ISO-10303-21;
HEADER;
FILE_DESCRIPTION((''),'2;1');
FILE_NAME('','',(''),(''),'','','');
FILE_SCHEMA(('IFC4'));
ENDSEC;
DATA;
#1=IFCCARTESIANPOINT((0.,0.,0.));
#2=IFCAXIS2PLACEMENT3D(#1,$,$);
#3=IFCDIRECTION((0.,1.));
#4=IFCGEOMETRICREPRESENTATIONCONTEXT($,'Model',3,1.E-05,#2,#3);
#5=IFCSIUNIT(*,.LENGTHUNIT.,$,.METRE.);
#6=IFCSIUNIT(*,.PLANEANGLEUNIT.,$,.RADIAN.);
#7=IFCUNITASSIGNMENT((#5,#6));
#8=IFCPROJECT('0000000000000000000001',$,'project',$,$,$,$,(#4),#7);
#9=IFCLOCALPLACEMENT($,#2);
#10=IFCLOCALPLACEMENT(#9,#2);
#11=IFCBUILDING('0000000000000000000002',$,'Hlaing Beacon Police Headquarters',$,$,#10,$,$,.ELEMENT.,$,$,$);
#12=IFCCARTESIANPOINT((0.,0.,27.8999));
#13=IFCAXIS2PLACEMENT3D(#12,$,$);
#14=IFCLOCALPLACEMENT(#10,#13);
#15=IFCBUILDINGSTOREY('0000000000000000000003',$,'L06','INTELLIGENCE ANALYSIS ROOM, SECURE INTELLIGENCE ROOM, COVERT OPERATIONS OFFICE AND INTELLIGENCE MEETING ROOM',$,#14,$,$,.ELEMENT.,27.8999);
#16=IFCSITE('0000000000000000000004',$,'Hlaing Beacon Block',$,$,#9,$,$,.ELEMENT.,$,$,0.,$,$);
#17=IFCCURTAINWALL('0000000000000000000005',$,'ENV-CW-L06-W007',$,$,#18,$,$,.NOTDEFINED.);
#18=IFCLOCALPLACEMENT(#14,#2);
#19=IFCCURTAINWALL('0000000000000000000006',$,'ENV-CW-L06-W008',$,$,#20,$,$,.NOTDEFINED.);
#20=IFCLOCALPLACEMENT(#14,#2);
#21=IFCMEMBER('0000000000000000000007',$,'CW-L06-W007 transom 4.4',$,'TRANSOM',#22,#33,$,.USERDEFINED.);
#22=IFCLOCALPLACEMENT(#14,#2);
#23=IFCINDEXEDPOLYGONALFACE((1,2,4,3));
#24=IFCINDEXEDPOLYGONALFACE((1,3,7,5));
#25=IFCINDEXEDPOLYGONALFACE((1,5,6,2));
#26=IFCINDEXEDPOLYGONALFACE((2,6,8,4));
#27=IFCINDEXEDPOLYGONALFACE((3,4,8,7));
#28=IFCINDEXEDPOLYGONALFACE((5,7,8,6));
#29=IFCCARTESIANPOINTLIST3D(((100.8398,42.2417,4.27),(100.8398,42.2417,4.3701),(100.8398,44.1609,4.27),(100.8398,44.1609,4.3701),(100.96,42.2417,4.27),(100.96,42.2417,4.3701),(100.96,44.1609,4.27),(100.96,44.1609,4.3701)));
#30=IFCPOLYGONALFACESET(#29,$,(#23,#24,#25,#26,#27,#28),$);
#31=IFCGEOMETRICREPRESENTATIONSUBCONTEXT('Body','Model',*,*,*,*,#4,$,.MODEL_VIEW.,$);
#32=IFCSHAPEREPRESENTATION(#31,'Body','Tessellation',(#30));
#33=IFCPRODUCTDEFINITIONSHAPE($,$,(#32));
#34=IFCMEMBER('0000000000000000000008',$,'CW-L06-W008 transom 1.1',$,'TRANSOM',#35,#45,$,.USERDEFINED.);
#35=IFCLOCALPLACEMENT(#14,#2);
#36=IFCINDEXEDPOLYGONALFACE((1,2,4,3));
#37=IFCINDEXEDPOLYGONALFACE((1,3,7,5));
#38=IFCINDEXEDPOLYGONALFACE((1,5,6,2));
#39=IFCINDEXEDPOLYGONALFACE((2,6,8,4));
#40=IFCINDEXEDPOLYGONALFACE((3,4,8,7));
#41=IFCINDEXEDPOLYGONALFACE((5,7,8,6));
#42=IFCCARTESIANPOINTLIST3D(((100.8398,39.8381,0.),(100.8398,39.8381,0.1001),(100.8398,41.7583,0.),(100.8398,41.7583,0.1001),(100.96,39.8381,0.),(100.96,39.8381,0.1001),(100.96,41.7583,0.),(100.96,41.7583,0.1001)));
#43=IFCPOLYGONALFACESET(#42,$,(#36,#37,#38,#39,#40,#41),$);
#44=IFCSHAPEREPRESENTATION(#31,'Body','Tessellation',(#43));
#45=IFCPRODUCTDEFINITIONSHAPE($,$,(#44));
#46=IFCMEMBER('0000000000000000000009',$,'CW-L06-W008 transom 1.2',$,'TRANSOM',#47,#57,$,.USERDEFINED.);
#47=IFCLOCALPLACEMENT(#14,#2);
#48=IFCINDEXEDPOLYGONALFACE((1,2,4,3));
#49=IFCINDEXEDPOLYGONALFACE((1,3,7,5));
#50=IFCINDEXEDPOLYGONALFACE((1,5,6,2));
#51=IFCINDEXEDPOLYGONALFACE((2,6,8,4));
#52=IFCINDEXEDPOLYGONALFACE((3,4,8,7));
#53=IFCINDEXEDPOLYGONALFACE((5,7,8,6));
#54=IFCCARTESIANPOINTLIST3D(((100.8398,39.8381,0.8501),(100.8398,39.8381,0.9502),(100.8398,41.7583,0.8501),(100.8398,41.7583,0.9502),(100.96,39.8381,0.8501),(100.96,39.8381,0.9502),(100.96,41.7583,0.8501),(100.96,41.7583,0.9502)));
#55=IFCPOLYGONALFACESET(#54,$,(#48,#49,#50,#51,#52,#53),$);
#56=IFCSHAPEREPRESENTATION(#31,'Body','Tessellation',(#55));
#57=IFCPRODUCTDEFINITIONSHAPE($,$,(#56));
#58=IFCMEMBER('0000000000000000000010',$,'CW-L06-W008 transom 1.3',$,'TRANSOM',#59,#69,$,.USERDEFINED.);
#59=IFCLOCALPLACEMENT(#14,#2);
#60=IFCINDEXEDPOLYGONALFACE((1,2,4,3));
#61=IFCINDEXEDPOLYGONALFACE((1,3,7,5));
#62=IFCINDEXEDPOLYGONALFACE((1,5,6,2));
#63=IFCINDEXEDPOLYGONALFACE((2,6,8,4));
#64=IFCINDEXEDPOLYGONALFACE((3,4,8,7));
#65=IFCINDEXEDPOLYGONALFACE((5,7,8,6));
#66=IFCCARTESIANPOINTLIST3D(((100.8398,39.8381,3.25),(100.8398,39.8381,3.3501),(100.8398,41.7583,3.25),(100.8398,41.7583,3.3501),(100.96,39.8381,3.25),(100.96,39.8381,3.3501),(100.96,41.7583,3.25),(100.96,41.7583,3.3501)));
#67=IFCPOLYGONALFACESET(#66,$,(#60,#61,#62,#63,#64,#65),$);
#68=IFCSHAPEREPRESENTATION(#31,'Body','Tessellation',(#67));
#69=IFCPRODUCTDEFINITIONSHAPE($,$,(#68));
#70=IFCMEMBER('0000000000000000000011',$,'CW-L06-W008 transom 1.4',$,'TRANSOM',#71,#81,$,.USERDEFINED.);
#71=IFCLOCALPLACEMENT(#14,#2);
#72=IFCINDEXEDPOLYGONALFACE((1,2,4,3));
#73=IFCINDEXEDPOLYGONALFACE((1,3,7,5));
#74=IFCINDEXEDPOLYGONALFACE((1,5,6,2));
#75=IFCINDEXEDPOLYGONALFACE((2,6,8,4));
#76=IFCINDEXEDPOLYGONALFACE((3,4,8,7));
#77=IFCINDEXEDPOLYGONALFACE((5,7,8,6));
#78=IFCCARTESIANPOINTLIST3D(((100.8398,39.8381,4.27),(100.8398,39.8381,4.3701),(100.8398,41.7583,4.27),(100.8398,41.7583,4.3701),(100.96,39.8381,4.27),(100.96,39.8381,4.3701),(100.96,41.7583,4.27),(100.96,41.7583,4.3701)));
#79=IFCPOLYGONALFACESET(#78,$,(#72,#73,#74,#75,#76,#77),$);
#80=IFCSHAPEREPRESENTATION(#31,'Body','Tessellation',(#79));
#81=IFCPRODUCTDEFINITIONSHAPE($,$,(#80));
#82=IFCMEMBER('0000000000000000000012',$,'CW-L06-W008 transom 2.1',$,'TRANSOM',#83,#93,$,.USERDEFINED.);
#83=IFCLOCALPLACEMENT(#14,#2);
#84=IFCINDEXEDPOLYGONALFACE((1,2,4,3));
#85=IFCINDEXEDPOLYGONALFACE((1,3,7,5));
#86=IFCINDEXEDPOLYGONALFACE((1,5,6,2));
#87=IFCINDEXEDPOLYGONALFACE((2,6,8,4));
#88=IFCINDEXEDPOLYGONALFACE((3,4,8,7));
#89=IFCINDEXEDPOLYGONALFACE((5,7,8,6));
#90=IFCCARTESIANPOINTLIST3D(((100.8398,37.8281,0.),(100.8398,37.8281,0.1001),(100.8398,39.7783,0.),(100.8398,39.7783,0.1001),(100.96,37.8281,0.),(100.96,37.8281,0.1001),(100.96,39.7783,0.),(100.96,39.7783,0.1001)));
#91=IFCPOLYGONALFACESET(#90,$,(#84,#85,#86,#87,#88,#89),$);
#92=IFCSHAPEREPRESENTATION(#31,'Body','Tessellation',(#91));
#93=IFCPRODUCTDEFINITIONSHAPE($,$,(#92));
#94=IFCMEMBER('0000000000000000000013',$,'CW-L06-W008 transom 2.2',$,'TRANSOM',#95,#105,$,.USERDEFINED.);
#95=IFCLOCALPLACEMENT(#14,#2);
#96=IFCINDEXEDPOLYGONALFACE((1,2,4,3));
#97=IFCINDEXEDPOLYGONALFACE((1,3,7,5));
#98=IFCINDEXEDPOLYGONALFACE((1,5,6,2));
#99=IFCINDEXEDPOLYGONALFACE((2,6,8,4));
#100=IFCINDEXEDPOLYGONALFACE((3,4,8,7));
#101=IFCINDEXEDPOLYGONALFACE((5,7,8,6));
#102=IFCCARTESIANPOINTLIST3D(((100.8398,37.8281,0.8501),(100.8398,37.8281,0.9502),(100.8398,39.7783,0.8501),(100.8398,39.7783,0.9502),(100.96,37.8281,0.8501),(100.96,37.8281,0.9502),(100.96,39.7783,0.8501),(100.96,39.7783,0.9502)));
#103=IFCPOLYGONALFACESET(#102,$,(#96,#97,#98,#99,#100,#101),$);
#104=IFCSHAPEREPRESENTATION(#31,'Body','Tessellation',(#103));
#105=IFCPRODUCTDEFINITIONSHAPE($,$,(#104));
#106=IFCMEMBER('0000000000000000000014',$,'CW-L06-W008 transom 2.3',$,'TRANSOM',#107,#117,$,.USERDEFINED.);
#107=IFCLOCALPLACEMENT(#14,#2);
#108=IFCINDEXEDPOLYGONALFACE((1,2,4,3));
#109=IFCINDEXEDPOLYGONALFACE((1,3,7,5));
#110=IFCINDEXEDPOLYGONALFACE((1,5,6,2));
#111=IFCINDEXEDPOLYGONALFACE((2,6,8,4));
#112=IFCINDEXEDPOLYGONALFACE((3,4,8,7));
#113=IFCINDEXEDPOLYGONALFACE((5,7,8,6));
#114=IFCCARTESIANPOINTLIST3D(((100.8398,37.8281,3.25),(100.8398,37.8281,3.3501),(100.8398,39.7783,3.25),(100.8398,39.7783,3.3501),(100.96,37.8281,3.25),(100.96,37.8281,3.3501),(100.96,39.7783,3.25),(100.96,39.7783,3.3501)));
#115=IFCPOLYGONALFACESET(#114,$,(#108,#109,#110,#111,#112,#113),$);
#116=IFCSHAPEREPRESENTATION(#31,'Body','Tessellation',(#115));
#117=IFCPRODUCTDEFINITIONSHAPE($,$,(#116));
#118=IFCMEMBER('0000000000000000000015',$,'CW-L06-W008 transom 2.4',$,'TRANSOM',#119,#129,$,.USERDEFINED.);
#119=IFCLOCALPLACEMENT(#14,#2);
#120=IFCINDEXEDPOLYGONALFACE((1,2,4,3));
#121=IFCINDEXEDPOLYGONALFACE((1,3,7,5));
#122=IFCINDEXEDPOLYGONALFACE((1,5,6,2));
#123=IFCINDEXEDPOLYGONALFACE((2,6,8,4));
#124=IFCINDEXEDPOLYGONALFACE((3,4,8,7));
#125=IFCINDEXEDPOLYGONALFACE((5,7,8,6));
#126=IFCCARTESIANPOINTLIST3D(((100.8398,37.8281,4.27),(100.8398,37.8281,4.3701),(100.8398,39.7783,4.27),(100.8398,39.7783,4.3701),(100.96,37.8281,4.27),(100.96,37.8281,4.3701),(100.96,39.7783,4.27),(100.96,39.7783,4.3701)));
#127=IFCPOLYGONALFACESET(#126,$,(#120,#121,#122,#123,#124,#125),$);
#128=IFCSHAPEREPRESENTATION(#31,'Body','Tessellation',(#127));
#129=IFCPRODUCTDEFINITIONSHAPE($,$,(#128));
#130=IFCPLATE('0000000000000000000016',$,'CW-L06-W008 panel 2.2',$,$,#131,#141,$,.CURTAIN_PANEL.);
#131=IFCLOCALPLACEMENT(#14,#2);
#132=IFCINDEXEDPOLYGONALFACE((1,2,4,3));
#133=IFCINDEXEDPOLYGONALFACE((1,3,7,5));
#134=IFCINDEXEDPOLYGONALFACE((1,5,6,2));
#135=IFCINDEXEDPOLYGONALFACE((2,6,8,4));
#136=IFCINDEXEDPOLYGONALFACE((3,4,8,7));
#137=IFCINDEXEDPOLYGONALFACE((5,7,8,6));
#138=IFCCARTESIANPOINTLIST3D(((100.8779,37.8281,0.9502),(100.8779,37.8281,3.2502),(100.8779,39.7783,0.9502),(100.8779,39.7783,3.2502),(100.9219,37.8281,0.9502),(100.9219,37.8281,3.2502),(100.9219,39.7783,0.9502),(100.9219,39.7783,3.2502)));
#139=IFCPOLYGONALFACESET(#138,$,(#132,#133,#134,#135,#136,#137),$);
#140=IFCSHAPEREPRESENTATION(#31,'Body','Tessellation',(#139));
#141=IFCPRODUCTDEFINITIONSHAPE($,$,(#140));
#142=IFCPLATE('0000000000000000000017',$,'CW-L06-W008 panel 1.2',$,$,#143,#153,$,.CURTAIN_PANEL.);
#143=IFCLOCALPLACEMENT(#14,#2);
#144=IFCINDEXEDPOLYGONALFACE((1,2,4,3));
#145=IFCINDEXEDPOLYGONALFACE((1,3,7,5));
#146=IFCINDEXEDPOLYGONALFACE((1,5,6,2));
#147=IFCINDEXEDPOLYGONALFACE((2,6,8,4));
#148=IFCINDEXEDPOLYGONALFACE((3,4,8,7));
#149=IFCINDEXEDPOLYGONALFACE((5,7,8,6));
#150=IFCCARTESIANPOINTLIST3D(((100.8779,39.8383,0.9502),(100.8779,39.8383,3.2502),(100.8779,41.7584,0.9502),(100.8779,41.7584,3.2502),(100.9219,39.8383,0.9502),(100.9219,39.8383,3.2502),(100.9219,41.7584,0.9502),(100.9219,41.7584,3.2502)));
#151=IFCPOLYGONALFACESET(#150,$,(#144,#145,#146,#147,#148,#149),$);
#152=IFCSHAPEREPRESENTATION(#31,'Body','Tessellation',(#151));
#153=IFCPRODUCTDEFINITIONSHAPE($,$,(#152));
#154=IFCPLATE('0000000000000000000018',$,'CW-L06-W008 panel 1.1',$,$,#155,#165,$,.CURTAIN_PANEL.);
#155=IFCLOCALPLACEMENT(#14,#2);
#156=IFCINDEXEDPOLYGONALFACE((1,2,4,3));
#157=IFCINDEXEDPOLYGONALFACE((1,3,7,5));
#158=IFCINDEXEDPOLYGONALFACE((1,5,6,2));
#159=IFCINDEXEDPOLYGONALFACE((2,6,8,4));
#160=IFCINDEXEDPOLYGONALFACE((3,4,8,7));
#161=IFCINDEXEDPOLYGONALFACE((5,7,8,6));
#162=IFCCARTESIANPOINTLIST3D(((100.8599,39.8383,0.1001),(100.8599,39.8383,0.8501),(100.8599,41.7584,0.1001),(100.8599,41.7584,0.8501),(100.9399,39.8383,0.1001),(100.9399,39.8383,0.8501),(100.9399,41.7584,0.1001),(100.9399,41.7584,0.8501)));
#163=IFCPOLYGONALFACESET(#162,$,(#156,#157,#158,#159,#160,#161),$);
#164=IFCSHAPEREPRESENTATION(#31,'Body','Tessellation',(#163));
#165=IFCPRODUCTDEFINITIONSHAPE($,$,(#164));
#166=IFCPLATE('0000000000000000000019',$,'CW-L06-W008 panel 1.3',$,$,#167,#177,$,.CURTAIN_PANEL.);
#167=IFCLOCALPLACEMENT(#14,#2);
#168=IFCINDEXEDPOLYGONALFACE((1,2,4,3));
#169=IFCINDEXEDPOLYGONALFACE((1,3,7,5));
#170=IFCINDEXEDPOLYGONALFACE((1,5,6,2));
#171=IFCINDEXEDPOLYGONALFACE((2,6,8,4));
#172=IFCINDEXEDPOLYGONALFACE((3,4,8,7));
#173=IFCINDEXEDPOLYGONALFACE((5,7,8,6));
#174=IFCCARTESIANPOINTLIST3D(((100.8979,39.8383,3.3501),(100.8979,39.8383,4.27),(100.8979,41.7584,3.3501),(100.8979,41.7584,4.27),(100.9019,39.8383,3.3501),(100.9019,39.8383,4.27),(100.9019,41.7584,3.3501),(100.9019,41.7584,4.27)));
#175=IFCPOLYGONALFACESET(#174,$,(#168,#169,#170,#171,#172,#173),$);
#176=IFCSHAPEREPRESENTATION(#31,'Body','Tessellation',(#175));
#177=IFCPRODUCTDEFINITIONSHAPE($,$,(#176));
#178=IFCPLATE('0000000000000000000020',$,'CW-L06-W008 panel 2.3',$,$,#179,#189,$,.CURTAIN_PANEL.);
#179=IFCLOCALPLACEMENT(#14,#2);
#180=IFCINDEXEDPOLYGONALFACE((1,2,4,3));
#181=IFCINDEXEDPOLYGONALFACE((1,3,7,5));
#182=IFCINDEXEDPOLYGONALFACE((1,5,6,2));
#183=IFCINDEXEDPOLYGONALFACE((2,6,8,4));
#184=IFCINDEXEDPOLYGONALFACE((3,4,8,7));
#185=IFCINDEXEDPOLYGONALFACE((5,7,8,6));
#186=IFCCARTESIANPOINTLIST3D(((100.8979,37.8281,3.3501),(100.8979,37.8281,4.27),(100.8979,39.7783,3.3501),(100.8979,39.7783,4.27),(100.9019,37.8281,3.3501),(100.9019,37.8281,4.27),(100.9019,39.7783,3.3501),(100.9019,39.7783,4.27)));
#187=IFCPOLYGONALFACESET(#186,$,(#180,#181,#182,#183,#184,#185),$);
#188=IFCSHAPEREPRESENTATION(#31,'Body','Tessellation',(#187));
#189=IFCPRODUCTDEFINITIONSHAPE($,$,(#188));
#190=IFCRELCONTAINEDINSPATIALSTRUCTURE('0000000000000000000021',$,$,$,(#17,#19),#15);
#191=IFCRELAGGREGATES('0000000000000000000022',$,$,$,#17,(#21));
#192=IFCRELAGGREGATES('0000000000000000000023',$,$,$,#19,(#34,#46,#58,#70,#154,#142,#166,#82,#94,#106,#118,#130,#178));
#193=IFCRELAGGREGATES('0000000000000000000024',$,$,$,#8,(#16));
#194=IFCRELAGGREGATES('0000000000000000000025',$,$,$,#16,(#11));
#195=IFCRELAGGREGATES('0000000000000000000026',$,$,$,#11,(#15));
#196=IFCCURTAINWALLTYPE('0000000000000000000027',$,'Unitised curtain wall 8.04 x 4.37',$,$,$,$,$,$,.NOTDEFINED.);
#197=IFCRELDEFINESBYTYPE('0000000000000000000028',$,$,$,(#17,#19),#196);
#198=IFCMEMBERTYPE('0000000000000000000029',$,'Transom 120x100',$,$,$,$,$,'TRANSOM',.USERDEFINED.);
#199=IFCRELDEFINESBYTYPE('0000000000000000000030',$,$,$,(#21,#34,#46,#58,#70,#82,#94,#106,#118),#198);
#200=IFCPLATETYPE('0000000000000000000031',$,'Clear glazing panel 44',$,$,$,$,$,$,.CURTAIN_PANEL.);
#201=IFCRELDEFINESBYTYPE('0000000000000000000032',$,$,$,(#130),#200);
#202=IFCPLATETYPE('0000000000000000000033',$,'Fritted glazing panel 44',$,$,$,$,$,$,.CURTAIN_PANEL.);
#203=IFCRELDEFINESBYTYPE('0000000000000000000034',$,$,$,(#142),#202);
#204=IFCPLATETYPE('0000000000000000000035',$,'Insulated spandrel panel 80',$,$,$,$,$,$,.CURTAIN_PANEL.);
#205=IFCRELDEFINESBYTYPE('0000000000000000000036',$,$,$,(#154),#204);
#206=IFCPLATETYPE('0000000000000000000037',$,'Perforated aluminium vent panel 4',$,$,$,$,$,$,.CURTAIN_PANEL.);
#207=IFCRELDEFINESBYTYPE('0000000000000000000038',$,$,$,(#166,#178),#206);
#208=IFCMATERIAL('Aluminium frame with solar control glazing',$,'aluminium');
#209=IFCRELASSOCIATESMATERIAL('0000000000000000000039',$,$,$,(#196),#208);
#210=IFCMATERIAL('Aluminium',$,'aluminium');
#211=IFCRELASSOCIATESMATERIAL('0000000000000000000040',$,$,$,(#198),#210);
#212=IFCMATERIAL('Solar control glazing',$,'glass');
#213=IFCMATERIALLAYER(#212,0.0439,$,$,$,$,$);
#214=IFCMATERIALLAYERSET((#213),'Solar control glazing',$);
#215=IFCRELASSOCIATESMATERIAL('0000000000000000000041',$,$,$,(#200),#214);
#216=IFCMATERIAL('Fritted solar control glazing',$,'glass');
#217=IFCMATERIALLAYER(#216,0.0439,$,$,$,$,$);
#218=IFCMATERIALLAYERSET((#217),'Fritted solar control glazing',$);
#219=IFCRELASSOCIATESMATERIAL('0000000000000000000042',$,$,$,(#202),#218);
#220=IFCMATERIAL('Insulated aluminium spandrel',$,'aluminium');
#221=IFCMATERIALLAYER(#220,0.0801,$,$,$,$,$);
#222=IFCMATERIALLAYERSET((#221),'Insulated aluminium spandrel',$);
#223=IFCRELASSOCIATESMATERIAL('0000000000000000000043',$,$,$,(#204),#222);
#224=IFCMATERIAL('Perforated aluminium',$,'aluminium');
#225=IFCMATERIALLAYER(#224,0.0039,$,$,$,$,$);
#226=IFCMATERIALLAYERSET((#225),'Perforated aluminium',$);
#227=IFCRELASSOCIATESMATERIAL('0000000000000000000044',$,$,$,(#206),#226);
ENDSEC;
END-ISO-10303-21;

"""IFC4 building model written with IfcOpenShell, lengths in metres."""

from ifc_helpers import new_model, si_unit, direction, frame, origin, origin_2d, place, context, subcontext, project, spatial, rectangle, extrude, material, layer, layer_set, material_profile, profile_set, type_object, element, aggregate, save


model = new_model("IFC4")

# Units and contexts
model_context = context("Model", 3, precision=1e-05, world=origin(), true_north=direction((0.0, 1.0)))
body_context = subcontext(model_context, "Body", "Model", "MODEL_VIEW")
ifc_project = project(units=[si_unit("LENGTHUNIT", "METRE"), si_unit("PLANEANGLEUNIT", "RADIAN")], contexts=[model_context])

# Site, building, storey
site_placement = place(None, origin())
site = spatial("IfcSite", under=ifc_project, at=site_placement, Name="Hlaing Beacon Block", CompositionType="ELEMENT", RefElevation=0.0)
building_placement = place(site_placement, origin())
building = spatial("IfcBuilding", under=site, at=building_placement, Name="Hlaing Beacon Police Headquarters", CompositionType="ELEMENT")
storey_placement = place(building_placement, frame((0.0, 0.0, 27.8999)))
storey = spatial("IfcBuildingStorey", under=building, at=storey_placement, Name="L06", Description="INTELLIGENCE ANALYSIS ROOM, SECURE INTELLIGENCE ROOM, COVERT OPERATIONS OFFICE AND INTELLIGENCE MEETING ROOM", CompositionType="ELEMENT", Elevation=27.8999)

# Curtain walls
ifc_material_1 = material(Name="Aluminium frame with solar control glazing", Category="aluminium")
curtain_wall_type = type_object("IfcCurtainWallType", Name="Unitised curtain wall 8.04 x 4.37", PredefinedType="NOTDEFINED", material=ifc_material_1)
curtain_wall_1_placement = place(storey_placement, origin())
curtain_wall_1 = element("IfcCurtainWall", 1, at=curtain_wall_1_placement, inside=storey, type_object=curtain_wall_type, Name="ENV-CW-L06-W007", PredefinedType="NOTDEFINED")
curtain_wall_2_placement = place(storey_placement, origin())
curtain_wall_2 = element("IfcCurtainWall", 2, at=curtain_wall_2_placement, inside=storey, type_object=curtain_wall_type, Name="ENV-CW-L06-W008", PredefinedType="NOTDEFINED")

# Members
ifc_material_2 = material(Name="Aluminium", Category="aluminium")
ifc_material_profile_1 = material_profile(ifc_material_2, rectangle(XDim=0.1201, YDim=0.1001, at=origin_2d()), Name="Transom 120x100")
ifc_profile_set_1 = profile_set([ifc_material_profile_1], Name="Aluminium")
member_type_1 = type_object("IfcMemberType", Name="Transom 120x100", ElementType="TRANSOM", PredefinedType="USERDEFINED", material=ifc_profile_set_1)
member_1_placement = place(storey_placement, frame((100.8999, 44.1609, 4.3201), z_axis=(0.0, -1.0, 0.0), x_axis=(1.0, 0.0, 0.0)))
member_1 = element("IfcMember", 3, at=member_1_placement, type_object=member_type_1, Name="CW-L06-W007 transom 4.4", ObjectType="TRANSOM", PredefinedType="USERDEFINED", context=body_context, shape_type="SweptSolid", body=[
    extrude(rectangle(XDim=0.1201, YDim=0.1001, at=origin_2d()), origin(), (0.0, 0.0, 1.0), 1.9192),
])
aggregate(curtain_wall_1, [member_1])
member_2_placement = place(storey_placement, frame((100.8999, 41.7583, 0.05), z_axis=(0.0, -1.0, 0.0), x_axis=(1.0, 0.0, 0.0)))
member_2 = element("IfcMember", 4, at=member_2_placement, type_object=member_type_1, Name="CW-L06-W008 transom 1.1", ObjectType="TRANSOM", PredefinedType="USERDEFINED", context=body_context, shape_type="SweptSolid", body=[
    extrude(rectangle(XDim=0.1201, YDim=0.1001, at=origin_2d()), origin(), (0.0, 0.0, 1.0), 1.9202),
])
member_3_placement = place(storey_placement, frame((100.8999, 41.7583, 0.9001), z_axis=(0.0, -1.0, 0.0), x_axis=(1.0, 0.0, 0.0)))
member_3 = element("IfcMember", 5, at=member_3_placement, type_object=member_type_1, Name="CW-L06-W008 transom 1.2", ObjectType="TRANSOM", PredefinedType="USERDEFINED", context=body_context, shape_type="SweptSolid", body=[
    extrude(rectangle(XDim=0.1201, YDim=0.1001, at=origin_2d()), origin(), (0.0, 0.0, 1.0), 1.9202),
])
member_4_placement = place(storey_placement, frame((100.8999, 41.7583, 3.3), z_axis=(0.0, -1.0, 0.0), x_axis=(1.0, 0.0, 0.0)))
member_4 = element("IfcMember", 6, at=member_4_placement, type_object=member_type_1, Name="CW-L06-W008 transom 1.3", ObjectType="TRANSOM", PredefinedType="USERDEFINED", context=body_context, shape_type="SweptSolid", body=[
    extrude(rectangle(XDim=0.1201, YDim=0.1001, at=origin_2d()), origin(), (0.0, 0.0, 1.0), 1.9202),
])
member_5_placement = place(storey_placement, frame((100.8999, 41.7583, 4.3201), z_axis=(0.0, -1.0, 0.0), x_axis=(1.0, 0.0, 0.0)))
member_5 = element("IfcMember", 7, at=member_5_placement, type_object=member_type_1, Name="CW-L06-W008 transom 1.4", ObjectType="TRANSOM", PredefinedType="USERDEFINED", context=body_context, shape_type="SweptSolid", body=[
    extrude(rectangle(XDim=0.1201, YDim=0.1001, at=origin_2d()), origin(), (0.0, 0.0, 1.0), 1.9202),
])
member_6_placement = place(storey_placement, frame((100.8999, 39.7783, 0.05), z_axis=(0.0, -1.0, 0.0), x_axis=(1.0, 0.0, 0.0)))
member_6 = element("IfcMember", 8, at=member_6_placement, type_object=member_type_1, Name="CW-L06-W008 transom 2.1", ObjectType="TRANSOM", PredefinedType="USERDEFINED", context=body_context, shape_type="SweptSolid", body=[
    extrude(rectangle(XDim=0.1201, YDim=0.1001, at=origin_2d()), origin(), (0.0, 0.0, 1.0), 1.9502),
])
member_7_placement = place(storey_placement, frame((100.8999, 39.7783, 0.9001), z_axis=(0.0, -1.0, 0.0), x_axis=(1.0, 0.0, 0.0)))
member_7 = element("IfcMember", 9, at=member_7_placement, type_object=member_type_1, Name="CW-L06-W008 transom 2.2", ObjectType="TRANSOM", PredefinedType="USERDEFINED", context=body_context, shape_type="SweptSolid", body=[
    extrude(rectangle(XDim=0.1201, YDim=0.1001, at=origin_2d()), origin(), (0.0, 0.0, 1.0), 1.9502),
])
member_8_placement = place(storey_placement, frame((100.8999, 39.7783, 3.3), z_axis=(0.0, -1.0, 0.0), x_axis=(1.0, 0.0, 0.0)))
member_8 = element("IfcMember", 10, at=member_8_placement, type_object=member_type_1, Name="CW-L06-W008 transom 2.3", ObjectType="TRANSOM", PredefinedType="USERDEFINED", context=body_context, shape_type="SweptSolid", body=[
    extrude(rectangle(XDim=0.1201, YDim=0.1001, at=origin_2d()), origin(), (0.0, 0.0, 1.0), 1.9502),
])
member_9_placement = place(storey_placement, frame((100.8999, 39.7783, 4.3201), z_axis=(0.0, -1.0, 0.0), x_axis=(1.0, 0.0, 0.0)))
member_9 = element("IfcMember", 11, at=member_9_placement, type_object=member_type_1, Name="CW-L06-W008 transom 2.4", ObjectType="TRANSOM", PredefinedType="USERDEFINED", context=body_context, shape_type="SweptSolid", body=[
    extrude(rectangle(XDim=0.1201, YDim=0.1001, at=origin_2d()), origin(), (0.0, 0.0, 1.0), 1.9502),
])

# Plates
ifc_material_3 = material(Name="Solar control glazing", Category="glass")
ifc_layer_1 = layer(ifc_material_3, 0.0439)
ifc_layer_set_1 = layer_set([ifc_layer_1], Name="Solar control glazing")
plate_type_1 = type_object("IfcPlateType", Name="Clear glazing panel 44", PredefinedType="CURTAIN_PANEL", material=ifc_layer_set_1)
plate_1_placement = place(storey_placement, frame((100.8999, 38.8032, 0.9502), z_axis=(0.0, 0.0, 1.0), x_axis=(0.0, -1.0, 0.0)))
plate_1 = element("IfcPlate", 12, at=plate_1_placement, type_object=plate_type_1, Name="CW-L06-W008 panel 2.2", PredefinedType="CURTAIN_PANEL", context=body_context, shape_type="SweptSolid", body=[
    extrude(rectangle(XDim=1.9502, YDim=0.0439, at=origin_2d()), origin(), (0.0, 0.0, 1.0), 2.3),
])
ifc_material_4 = material(Name="Fritted solar control glazing", Category="glass")
ifc_layer_2 = layer(ifc_material_4, 0.0439)
ifc_layer_set_2 = layer_set([ifc_layer_2], Name="Fritted solar control glazing")
plate_type_2 = type_object("IfcPlateType", Name="Fritted glazing panel 44", PredefinedType="CURTAIN_PANEL", material=ifc_layer_set_2)
plate_2_placement = place(storey_placement, frame((100.8999, 40.7983, 0.9502), z_axis=(0.0, 0.0, 1.0), x_axis=(0.0, -1.0, 0.0)))
plate_2 = element("IfcPlate", 13, at=plate_2_placement, type_object=plate_type_2, Name="CW-L06-W008 panel 1.2", PredefinedType="CURTAIN_PANEL", context=body_context, shape_type="SweptSolid", body=[
    extrude(rectangle(XDim=1.9202, YDim=0.0439, at=origin_2d()), origin(), (0.0, 0.0, 1.0), 2.3),
])
ifc_material_5 = material(Name="Insulated aluminium spandrel", Category="aluminium")
ifc_layer_3 = layer(ifc_material_5, 0.0801)
ifc_layer_set_3 = layer_set([ifc_layer_3], Name="Insulated aluminium spandrel")
plate_type_3 = type_object("IfcPlateType", Name="Insulated spandrel panel 80", PredefinedType="CURTAIN_PANEL", material=ifc_layer_set_3)
plate_3_placement = place(storey_placement, frame((100.8999, 40.7983, 0.1001), z_axis=(0.0, 0.0, 1.0), x_axis=(0.0, -1.0, 0.0)))
plate_3 = element("IfcPlate", 14, at=plate_3_placement, type_object=plate_type_3, Name="CW-L06-W008 panel 1.1", PredefinedType="CURTAIN_PANEL", context=body_context, shape_type="SweptSolid", body=[
    extrude(rectangle(XDim=1.9202, YDim=0.0801, at=origin_2d()), origin(), (0.0, 0.0, 1.0), 0.75),
])
ifc_material_6 = material(Name="Perforated aluminium", Category="aluminium")
ifc_layer_4 = layer(ifc_material_6, 0.0039)
ifc_layer_set_4 = layer_set([ifc_layer_4], Name="Perforated aluminium")
plate_type_4 = type_object("IfcPlateType", Name="Perforated aluminium vent panel 4", PredefinedType="CURTAIN_PANEL", material=ifc_layer_set_4)
plate_4_placement = place(storey_placement, frame((100.8999, 40.7983, 3.3501), z_axis=(0.0, 0.0, 1.0), x_axis=(0.0, -1.0, 0.0)))
plate_4 = element("IfcPlate", 15, at=plate_4_placement, type_object=plate_type_4, Name="CW-L06-W008 panel 1.3", PredefinedType="CURTAIN_PANEL", context=body_context, shape_type="SweptSolid", body=[
    extrude(rectangle(XDim=1.9202, YDim=0.0039, at=origin_2d()), origin(), (0.0, 0.0, 1.0), 0.9199),
])
plate_5_placement = place(storey_placement, frame((100.8999, 38.8032, 3.3501), z_axis=(0.0, 0.0, 1.0), x_axis=(0.0, -1.0, 0.0)))
plate_5 = element("IfcPlate", 16, at=plate_5_placement, type_object=plate_type_4, Name="CW-L06-W008 panel 2.3", PredefinedType="CURTAIN_PANEL", context=body_context, shape_type="SweptSolid", body=[
    extrude(rectangle(XDim=1.9502, YDim=0.0039, at=origin_2d()), origin(), (0.0, 0.0, 1.0), 0.9199),
])
aggregate(curtain_wall_2, [member_2, member_3, member_4, member_5, plate_3, plate_2, plate_4, member_6, member_7, member_8, member_9, plate_1, plate_5])

save(model, "model.ifc")
